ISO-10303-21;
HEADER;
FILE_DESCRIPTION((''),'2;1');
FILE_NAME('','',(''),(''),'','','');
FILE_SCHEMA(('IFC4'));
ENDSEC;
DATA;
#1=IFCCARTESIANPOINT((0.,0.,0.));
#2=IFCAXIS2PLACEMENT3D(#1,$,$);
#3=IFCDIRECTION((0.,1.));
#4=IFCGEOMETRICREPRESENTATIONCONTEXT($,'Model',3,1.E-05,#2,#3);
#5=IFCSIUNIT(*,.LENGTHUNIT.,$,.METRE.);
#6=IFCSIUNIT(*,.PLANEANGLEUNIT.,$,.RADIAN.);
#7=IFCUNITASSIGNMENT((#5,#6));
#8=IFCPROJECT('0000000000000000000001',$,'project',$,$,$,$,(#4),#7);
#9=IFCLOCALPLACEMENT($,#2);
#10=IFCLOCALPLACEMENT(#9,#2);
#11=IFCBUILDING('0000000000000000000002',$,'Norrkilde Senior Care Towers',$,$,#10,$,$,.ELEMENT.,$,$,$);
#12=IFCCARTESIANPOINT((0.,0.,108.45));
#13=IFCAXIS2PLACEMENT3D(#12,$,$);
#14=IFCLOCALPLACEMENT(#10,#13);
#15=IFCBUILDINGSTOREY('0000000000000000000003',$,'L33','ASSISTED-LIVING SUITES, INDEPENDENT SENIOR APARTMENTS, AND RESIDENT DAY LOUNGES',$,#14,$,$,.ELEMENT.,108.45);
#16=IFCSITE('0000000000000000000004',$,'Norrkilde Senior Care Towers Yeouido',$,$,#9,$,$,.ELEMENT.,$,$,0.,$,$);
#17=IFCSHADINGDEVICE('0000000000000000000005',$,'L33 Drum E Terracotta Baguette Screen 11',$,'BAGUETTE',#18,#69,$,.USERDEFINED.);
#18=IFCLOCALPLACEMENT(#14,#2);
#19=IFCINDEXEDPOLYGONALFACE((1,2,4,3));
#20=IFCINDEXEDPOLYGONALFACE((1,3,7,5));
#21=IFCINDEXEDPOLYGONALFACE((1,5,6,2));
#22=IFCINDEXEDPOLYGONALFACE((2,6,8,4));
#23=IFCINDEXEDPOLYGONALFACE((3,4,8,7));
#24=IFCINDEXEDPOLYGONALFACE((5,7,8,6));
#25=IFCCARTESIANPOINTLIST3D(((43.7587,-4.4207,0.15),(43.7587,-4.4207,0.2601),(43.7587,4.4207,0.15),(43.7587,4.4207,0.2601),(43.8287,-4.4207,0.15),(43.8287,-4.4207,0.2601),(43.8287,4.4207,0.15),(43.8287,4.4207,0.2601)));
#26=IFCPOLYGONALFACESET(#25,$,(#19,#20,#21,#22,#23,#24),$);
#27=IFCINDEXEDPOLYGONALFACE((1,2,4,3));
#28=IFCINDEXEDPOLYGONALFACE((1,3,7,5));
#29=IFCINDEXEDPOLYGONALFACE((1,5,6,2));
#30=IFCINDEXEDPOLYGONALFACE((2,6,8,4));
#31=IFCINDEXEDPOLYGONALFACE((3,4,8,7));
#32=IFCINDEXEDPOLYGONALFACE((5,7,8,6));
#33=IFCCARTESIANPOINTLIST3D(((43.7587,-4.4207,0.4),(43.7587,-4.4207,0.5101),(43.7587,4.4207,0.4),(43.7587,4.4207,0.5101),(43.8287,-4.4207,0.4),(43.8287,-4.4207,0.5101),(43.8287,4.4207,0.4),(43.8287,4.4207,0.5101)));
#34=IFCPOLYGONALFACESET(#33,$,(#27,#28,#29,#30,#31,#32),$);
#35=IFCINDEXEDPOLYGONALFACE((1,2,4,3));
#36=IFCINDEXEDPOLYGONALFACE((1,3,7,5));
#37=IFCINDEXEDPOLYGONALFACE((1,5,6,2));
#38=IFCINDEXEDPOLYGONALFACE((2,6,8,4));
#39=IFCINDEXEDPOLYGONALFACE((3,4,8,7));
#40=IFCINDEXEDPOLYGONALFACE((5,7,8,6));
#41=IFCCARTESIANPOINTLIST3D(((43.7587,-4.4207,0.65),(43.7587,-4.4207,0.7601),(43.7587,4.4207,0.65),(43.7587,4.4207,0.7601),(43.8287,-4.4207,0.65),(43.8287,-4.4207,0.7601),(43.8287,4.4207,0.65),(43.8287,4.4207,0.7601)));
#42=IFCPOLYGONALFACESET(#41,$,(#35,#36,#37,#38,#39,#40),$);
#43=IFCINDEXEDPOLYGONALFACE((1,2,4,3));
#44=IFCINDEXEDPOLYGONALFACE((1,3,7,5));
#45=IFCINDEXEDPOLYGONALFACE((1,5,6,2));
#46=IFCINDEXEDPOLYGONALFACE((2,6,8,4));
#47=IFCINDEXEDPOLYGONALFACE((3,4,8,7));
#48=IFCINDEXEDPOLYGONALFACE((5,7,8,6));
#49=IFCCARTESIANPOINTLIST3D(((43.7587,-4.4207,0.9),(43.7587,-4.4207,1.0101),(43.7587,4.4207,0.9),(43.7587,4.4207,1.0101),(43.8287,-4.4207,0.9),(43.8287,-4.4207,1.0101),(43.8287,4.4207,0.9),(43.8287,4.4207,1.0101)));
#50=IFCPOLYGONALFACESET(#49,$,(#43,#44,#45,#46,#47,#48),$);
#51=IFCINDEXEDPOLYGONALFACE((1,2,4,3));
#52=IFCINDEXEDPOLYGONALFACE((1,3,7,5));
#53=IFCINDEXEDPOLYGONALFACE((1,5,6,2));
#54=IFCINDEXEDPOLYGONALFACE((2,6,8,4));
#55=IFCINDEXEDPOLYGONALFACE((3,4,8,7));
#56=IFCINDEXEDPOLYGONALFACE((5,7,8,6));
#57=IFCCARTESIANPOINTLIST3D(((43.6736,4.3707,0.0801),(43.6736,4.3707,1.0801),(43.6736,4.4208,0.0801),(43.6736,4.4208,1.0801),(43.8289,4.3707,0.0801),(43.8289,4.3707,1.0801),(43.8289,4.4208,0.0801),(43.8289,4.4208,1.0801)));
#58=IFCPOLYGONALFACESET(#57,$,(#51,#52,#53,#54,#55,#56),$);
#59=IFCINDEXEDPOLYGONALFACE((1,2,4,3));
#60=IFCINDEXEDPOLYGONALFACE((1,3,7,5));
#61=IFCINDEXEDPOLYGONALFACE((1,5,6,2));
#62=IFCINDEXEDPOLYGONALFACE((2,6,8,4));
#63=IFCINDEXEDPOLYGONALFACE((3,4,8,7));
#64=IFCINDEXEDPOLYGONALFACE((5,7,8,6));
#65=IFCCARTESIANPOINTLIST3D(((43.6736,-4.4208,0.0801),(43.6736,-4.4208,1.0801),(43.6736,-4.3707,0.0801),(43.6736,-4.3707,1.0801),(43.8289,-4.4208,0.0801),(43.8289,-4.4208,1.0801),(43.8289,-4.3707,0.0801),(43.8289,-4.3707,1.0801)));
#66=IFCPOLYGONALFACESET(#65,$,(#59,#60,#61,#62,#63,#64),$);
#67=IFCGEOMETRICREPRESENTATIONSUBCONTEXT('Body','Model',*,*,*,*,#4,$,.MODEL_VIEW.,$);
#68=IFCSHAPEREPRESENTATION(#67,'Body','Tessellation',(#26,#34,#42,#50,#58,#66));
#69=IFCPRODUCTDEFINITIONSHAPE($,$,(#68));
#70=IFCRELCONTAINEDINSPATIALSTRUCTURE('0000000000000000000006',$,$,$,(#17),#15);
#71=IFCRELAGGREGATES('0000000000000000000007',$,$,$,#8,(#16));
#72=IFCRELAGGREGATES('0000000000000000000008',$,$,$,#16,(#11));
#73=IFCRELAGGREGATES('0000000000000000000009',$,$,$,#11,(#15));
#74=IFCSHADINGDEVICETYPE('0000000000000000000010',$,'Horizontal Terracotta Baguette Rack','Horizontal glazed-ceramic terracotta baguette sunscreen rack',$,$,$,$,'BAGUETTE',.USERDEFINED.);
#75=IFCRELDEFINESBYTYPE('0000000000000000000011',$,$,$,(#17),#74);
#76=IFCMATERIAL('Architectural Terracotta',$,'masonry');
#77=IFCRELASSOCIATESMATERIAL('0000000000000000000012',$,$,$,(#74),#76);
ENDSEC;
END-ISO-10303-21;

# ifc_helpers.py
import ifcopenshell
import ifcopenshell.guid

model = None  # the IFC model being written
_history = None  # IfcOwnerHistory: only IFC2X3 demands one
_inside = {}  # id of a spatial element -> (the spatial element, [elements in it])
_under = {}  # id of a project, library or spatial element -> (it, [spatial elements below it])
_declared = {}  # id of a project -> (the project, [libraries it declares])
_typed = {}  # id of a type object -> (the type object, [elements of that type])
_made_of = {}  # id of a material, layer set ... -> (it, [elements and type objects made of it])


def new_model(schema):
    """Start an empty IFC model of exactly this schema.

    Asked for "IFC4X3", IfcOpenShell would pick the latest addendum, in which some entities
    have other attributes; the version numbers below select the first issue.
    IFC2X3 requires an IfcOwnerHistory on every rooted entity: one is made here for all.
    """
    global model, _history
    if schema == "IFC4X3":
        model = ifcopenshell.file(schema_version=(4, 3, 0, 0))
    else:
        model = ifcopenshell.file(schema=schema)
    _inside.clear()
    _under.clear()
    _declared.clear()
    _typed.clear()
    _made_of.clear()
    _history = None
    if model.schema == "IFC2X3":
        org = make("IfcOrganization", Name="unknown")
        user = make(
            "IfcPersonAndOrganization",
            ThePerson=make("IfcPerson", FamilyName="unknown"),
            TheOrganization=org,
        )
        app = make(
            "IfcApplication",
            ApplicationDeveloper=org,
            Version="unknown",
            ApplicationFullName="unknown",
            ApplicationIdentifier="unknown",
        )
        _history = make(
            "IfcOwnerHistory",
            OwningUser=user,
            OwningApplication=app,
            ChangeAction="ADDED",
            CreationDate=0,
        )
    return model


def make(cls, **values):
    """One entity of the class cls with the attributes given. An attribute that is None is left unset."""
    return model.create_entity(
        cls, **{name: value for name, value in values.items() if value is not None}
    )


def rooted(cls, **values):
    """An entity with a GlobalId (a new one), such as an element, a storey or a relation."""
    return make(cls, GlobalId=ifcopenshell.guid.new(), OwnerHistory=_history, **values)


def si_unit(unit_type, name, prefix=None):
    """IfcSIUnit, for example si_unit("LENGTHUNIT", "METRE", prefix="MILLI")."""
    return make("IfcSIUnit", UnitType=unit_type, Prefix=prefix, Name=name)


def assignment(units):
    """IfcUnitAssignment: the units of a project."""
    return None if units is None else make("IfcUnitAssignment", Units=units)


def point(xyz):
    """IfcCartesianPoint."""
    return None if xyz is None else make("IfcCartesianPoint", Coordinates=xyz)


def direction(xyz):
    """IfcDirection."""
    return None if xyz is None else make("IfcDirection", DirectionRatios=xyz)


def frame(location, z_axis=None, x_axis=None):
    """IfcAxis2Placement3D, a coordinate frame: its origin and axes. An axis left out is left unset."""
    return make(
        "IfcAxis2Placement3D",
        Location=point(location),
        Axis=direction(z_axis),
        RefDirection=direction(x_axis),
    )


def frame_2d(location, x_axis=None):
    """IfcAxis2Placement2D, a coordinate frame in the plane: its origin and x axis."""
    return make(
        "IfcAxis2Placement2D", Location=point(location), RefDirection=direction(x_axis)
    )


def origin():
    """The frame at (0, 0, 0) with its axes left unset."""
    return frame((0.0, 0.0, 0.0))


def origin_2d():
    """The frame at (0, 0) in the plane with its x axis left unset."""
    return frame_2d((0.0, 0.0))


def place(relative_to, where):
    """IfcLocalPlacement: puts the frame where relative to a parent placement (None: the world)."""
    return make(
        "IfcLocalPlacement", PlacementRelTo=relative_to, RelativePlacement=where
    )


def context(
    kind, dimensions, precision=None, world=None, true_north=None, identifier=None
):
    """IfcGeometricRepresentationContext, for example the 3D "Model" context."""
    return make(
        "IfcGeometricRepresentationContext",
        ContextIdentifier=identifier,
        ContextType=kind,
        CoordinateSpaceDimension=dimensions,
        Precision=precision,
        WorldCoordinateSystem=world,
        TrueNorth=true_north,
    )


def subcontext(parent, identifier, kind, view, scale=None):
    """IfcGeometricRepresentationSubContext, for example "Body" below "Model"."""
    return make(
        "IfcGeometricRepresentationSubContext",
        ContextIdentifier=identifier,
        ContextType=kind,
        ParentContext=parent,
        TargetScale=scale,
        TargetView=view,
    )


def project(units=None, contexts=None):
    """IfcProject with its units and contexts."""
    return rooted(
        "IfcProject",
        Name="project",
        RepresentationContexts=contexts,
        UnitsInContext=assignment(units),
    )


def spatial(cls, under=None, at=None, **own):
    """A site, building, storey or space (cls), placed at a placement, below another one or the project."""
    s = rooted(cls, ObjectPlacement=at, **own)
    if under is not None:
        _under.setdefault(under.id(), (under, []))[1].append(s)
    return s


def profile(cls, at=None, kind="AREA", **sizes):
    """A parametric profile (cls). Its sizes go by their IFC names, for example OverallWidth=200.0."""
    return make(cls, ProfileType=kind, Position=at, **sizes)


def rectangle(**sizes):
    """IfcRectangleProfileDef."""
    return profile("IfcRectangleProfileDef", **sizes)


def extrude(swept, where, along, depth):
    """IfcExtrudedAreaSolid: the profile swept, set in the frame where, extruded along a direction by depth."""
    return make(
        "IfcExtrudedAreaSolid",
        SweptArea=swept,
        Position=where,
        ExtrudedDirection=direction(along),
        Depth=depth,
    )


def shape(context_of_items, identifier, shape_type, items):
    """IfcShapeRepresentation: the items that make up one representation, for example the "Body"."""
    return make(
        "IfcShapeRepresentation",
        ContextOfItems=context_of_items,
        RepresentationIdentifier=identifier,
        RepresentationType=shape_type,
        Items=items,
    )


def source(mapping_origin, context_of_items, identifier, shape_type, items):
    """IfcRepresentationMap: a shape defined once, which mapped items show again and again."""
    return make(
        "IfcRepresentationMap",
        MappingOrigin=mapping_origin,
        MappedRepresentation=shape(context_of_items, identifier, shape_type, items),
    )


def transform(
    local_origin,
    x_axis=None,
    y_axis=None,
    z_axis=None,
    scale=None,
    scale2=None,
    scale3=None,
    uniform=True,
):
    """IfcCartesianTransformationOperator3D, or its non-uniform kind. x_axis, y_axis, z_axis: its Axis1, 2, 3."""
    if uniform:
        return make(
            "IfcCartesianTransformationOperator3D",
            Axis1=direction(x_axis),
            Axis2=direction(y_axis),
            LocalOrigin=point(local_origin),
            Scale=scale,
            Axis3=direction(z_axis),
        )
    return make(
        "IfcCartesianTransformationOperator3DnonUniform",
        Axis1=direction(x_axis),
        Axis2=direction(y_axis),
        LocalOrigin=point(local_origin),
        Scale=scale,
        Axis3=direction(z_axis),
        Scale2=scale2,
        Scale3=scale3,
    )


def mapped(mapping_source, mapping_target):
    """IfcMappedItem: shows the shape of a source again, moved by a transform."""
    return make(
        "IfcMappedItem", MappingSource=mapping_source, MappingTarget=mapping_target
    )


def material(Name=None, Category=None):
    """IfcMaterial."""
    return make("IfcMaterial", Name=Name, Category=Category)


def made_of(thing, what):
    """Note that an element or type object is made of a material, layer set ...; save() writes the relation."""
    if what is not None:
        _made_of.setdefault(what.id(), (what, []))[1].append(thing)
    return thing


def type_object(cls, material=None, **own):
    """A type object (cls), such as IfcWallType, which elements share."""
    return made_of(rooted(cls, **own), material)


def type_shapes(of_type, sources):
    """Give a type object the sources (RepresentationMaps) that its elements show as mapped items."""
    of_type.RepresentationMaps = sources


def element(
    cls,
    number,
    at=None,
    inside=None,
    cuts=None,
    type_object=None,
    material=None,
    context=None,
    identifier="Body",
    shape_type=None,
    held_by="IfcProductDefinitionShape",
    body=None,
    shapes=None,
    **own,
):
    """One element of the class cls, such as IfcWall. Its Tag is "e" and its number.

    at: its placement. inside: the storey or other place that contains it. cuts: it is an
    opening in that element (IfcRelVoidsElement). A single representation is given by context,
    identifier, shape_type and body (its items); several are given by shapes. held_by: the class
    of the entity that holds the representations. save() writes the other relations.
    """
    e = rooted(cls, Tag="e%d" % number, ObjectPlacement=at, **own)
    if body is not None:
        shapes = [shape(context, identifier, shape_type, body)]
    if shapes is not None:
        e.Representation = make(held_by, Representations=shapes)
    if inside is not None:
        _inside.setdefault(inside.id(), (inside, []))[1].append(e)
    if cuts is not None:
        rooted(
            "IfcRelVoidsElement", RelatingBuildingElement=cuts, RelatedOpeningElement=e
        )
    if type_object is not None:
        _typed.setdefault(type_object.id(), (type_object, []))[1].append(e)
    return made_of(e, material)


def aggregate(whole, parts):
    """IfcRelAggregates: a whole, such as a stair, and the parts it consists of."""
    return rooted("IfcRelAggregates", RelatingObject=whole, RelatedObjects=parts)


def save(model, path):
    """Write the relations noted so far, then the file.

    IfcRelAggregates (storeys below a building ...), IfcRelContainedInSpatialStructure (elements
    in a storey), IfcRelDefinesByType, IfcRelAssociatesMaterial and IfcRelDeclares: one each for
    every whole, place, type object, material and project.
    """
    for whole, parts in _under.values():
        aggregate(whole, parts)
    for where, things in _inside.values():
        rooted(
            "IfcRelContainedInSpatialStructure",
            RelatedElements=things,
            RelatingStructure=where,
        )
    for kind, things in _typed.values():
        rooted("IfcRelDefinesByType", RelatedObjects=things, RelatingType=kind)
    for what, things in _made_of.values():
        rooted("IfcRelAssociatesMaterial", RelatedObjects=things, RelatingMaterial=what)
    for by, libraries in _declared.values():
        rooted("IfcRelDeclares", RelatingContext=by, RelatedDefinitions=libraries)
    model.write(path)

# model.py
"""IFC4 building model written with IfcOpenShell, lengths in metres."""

from ifc_helpers import new_model, si_unit, direction, frame, origin, origin_2d, place, context, subcontext, project, spatial, rectangle, extrude, source, transform, mapped, material, type_object, type_shapes, element, save


model = new_model("IFC4")

# Units and contexts
model_context = context("Model", 3, precision=1e-05, world=origin(), true_north=direction((0.0, 1.0)))
body_context = subcontext(model_context, "Body", "Model", "MODEL_VIEW")
ifc_project = project(units=[si_unit("LENGTHUNIT", "METRE"), si_unit("PLANEANGLEUNIT", "RADIAN")], contexts=[model_context])

# Site, building, storey
site_placement = place(None, origin())
site = spatial("IfcSite", under=ifc_project, at=site_placement, Name="Norrkilde Senior Care Towers Yeouido", CompositionType="ELEMENT", RefElevation=0.0)
building_placement = place(site_placement, origin())
building = spatial("IfcBuilding", under=site, at=building_placement, Name="Norrkilde Senior Care Towers", CompositionType="ELEMENT")
storey_placement = place(building_placement, frame((0.0, 0.0, 108.45)))
storey = spatial("IfcBuildingStorey", under=building, at=storey_placement, Name="L33", Description="ASSISTED-LIVING SUITES, INDEPENDENT SENIOR APARTMENTS, AND RESIDENT DAY LOUNGES", CompositionType="ELEMENT", Elevation=108.45)

# Shading device
ifc_material_1 = material(Name="Architectural Terracotta", Category="masonry")
shading_device_type = type_object("IfcShadingDeviceType", Name="Horizontal Terracotta Baguette Rack", Description="Horizontal glazed-ceramic terracotta baguette sunscreen rack", ElementType="BAGUETTE", PredefinedType="USERDEFINED", material=ifc_material_1)
shared_shape_1 = source(origin(), body_context, "Body", "SweptSolid", [
    extrude(rectangle(XDim=0.0701, YDim=0.1101, at=origin_2d()), frame((0.0, 0.0901, 0.125), z_axis=(1.0, 0.0, 0.0), x_axis=(0.0, 1.0, 0.0)), (0.0, 0.0, 1.0), 8.8413),
    extrude(rectangle(XDim=0.0701, YDim=0.1101, at=origin_2d()), frame((0.0, 0.0901, 0.375), z_axis=(1.0, 0.0, 0.0), x_axis=(0.0, 1.0, 0.0)), (0.0, 0.0, 1.0), 8.8413),
    extrude(rectangle(XDim=0.0701, YDim=0.1101, at=origin_2d()), frame((0.0, 0.0901, 0.625), z_axis=(1.0, 0.0, 0.0), x_axis=(0.0, 1.0, 0.0)), (0.0, 0.0, 1.0), 8.8413),
    extrude(rectangle(XDim=0.0701, YDim=0.1101, at=origin_2d()), frame((0.0, 0.0901, 0.875), z_axis=(1.0, 0.0, 0.0), x_axis=(0.0, 1.0, 0.0)), (0.0, 0.0, 1.0), 8.8413),
    extrude(rectangle(XDim=0.05, YDim=0.1553, at=origin_2d()), frame((0.0249, 0.0476, 0.0)), (0.0, 0.0, 1.0), 1.0),
    extrude(rectangle(XDim=0.05, YDim=0.1553, at=origin_2d()), frame((8.8164, 0.0476, 0.0)), (0.0, 0.0, 1.0), 1.0),
])
type_shapes(shading_device_type, [shared_shape_1])
shading_device_placement = place(storey_placement, frame((43.7036, 4.4207, 0.0801), z_axis=(0.0, 0.0, 1.0), x_axis=(0.0, -1.0, 0.0)))
element("IfcShadingDevice", 1, at=shading_device_placement, inside=storey, type_object=shading_device_type, Name="L33 Drum E Terracotta Baguette Screen 11", ObjectType="BAGUETTE", PredefinedType="USERDEFINED", context=body_context, shape_type="MappedRepresentation", body=[
    mapped(shared_shape_1, transform((0.0, 0.0, 0.0), x_axis=(1.0, 0.0, 0.0), y_axis=(0.0, 1.0, 0.0), z_axis=(0.0, 0.0, 1.0), scale=1.0)),
])

save(model, "model.ifc")
